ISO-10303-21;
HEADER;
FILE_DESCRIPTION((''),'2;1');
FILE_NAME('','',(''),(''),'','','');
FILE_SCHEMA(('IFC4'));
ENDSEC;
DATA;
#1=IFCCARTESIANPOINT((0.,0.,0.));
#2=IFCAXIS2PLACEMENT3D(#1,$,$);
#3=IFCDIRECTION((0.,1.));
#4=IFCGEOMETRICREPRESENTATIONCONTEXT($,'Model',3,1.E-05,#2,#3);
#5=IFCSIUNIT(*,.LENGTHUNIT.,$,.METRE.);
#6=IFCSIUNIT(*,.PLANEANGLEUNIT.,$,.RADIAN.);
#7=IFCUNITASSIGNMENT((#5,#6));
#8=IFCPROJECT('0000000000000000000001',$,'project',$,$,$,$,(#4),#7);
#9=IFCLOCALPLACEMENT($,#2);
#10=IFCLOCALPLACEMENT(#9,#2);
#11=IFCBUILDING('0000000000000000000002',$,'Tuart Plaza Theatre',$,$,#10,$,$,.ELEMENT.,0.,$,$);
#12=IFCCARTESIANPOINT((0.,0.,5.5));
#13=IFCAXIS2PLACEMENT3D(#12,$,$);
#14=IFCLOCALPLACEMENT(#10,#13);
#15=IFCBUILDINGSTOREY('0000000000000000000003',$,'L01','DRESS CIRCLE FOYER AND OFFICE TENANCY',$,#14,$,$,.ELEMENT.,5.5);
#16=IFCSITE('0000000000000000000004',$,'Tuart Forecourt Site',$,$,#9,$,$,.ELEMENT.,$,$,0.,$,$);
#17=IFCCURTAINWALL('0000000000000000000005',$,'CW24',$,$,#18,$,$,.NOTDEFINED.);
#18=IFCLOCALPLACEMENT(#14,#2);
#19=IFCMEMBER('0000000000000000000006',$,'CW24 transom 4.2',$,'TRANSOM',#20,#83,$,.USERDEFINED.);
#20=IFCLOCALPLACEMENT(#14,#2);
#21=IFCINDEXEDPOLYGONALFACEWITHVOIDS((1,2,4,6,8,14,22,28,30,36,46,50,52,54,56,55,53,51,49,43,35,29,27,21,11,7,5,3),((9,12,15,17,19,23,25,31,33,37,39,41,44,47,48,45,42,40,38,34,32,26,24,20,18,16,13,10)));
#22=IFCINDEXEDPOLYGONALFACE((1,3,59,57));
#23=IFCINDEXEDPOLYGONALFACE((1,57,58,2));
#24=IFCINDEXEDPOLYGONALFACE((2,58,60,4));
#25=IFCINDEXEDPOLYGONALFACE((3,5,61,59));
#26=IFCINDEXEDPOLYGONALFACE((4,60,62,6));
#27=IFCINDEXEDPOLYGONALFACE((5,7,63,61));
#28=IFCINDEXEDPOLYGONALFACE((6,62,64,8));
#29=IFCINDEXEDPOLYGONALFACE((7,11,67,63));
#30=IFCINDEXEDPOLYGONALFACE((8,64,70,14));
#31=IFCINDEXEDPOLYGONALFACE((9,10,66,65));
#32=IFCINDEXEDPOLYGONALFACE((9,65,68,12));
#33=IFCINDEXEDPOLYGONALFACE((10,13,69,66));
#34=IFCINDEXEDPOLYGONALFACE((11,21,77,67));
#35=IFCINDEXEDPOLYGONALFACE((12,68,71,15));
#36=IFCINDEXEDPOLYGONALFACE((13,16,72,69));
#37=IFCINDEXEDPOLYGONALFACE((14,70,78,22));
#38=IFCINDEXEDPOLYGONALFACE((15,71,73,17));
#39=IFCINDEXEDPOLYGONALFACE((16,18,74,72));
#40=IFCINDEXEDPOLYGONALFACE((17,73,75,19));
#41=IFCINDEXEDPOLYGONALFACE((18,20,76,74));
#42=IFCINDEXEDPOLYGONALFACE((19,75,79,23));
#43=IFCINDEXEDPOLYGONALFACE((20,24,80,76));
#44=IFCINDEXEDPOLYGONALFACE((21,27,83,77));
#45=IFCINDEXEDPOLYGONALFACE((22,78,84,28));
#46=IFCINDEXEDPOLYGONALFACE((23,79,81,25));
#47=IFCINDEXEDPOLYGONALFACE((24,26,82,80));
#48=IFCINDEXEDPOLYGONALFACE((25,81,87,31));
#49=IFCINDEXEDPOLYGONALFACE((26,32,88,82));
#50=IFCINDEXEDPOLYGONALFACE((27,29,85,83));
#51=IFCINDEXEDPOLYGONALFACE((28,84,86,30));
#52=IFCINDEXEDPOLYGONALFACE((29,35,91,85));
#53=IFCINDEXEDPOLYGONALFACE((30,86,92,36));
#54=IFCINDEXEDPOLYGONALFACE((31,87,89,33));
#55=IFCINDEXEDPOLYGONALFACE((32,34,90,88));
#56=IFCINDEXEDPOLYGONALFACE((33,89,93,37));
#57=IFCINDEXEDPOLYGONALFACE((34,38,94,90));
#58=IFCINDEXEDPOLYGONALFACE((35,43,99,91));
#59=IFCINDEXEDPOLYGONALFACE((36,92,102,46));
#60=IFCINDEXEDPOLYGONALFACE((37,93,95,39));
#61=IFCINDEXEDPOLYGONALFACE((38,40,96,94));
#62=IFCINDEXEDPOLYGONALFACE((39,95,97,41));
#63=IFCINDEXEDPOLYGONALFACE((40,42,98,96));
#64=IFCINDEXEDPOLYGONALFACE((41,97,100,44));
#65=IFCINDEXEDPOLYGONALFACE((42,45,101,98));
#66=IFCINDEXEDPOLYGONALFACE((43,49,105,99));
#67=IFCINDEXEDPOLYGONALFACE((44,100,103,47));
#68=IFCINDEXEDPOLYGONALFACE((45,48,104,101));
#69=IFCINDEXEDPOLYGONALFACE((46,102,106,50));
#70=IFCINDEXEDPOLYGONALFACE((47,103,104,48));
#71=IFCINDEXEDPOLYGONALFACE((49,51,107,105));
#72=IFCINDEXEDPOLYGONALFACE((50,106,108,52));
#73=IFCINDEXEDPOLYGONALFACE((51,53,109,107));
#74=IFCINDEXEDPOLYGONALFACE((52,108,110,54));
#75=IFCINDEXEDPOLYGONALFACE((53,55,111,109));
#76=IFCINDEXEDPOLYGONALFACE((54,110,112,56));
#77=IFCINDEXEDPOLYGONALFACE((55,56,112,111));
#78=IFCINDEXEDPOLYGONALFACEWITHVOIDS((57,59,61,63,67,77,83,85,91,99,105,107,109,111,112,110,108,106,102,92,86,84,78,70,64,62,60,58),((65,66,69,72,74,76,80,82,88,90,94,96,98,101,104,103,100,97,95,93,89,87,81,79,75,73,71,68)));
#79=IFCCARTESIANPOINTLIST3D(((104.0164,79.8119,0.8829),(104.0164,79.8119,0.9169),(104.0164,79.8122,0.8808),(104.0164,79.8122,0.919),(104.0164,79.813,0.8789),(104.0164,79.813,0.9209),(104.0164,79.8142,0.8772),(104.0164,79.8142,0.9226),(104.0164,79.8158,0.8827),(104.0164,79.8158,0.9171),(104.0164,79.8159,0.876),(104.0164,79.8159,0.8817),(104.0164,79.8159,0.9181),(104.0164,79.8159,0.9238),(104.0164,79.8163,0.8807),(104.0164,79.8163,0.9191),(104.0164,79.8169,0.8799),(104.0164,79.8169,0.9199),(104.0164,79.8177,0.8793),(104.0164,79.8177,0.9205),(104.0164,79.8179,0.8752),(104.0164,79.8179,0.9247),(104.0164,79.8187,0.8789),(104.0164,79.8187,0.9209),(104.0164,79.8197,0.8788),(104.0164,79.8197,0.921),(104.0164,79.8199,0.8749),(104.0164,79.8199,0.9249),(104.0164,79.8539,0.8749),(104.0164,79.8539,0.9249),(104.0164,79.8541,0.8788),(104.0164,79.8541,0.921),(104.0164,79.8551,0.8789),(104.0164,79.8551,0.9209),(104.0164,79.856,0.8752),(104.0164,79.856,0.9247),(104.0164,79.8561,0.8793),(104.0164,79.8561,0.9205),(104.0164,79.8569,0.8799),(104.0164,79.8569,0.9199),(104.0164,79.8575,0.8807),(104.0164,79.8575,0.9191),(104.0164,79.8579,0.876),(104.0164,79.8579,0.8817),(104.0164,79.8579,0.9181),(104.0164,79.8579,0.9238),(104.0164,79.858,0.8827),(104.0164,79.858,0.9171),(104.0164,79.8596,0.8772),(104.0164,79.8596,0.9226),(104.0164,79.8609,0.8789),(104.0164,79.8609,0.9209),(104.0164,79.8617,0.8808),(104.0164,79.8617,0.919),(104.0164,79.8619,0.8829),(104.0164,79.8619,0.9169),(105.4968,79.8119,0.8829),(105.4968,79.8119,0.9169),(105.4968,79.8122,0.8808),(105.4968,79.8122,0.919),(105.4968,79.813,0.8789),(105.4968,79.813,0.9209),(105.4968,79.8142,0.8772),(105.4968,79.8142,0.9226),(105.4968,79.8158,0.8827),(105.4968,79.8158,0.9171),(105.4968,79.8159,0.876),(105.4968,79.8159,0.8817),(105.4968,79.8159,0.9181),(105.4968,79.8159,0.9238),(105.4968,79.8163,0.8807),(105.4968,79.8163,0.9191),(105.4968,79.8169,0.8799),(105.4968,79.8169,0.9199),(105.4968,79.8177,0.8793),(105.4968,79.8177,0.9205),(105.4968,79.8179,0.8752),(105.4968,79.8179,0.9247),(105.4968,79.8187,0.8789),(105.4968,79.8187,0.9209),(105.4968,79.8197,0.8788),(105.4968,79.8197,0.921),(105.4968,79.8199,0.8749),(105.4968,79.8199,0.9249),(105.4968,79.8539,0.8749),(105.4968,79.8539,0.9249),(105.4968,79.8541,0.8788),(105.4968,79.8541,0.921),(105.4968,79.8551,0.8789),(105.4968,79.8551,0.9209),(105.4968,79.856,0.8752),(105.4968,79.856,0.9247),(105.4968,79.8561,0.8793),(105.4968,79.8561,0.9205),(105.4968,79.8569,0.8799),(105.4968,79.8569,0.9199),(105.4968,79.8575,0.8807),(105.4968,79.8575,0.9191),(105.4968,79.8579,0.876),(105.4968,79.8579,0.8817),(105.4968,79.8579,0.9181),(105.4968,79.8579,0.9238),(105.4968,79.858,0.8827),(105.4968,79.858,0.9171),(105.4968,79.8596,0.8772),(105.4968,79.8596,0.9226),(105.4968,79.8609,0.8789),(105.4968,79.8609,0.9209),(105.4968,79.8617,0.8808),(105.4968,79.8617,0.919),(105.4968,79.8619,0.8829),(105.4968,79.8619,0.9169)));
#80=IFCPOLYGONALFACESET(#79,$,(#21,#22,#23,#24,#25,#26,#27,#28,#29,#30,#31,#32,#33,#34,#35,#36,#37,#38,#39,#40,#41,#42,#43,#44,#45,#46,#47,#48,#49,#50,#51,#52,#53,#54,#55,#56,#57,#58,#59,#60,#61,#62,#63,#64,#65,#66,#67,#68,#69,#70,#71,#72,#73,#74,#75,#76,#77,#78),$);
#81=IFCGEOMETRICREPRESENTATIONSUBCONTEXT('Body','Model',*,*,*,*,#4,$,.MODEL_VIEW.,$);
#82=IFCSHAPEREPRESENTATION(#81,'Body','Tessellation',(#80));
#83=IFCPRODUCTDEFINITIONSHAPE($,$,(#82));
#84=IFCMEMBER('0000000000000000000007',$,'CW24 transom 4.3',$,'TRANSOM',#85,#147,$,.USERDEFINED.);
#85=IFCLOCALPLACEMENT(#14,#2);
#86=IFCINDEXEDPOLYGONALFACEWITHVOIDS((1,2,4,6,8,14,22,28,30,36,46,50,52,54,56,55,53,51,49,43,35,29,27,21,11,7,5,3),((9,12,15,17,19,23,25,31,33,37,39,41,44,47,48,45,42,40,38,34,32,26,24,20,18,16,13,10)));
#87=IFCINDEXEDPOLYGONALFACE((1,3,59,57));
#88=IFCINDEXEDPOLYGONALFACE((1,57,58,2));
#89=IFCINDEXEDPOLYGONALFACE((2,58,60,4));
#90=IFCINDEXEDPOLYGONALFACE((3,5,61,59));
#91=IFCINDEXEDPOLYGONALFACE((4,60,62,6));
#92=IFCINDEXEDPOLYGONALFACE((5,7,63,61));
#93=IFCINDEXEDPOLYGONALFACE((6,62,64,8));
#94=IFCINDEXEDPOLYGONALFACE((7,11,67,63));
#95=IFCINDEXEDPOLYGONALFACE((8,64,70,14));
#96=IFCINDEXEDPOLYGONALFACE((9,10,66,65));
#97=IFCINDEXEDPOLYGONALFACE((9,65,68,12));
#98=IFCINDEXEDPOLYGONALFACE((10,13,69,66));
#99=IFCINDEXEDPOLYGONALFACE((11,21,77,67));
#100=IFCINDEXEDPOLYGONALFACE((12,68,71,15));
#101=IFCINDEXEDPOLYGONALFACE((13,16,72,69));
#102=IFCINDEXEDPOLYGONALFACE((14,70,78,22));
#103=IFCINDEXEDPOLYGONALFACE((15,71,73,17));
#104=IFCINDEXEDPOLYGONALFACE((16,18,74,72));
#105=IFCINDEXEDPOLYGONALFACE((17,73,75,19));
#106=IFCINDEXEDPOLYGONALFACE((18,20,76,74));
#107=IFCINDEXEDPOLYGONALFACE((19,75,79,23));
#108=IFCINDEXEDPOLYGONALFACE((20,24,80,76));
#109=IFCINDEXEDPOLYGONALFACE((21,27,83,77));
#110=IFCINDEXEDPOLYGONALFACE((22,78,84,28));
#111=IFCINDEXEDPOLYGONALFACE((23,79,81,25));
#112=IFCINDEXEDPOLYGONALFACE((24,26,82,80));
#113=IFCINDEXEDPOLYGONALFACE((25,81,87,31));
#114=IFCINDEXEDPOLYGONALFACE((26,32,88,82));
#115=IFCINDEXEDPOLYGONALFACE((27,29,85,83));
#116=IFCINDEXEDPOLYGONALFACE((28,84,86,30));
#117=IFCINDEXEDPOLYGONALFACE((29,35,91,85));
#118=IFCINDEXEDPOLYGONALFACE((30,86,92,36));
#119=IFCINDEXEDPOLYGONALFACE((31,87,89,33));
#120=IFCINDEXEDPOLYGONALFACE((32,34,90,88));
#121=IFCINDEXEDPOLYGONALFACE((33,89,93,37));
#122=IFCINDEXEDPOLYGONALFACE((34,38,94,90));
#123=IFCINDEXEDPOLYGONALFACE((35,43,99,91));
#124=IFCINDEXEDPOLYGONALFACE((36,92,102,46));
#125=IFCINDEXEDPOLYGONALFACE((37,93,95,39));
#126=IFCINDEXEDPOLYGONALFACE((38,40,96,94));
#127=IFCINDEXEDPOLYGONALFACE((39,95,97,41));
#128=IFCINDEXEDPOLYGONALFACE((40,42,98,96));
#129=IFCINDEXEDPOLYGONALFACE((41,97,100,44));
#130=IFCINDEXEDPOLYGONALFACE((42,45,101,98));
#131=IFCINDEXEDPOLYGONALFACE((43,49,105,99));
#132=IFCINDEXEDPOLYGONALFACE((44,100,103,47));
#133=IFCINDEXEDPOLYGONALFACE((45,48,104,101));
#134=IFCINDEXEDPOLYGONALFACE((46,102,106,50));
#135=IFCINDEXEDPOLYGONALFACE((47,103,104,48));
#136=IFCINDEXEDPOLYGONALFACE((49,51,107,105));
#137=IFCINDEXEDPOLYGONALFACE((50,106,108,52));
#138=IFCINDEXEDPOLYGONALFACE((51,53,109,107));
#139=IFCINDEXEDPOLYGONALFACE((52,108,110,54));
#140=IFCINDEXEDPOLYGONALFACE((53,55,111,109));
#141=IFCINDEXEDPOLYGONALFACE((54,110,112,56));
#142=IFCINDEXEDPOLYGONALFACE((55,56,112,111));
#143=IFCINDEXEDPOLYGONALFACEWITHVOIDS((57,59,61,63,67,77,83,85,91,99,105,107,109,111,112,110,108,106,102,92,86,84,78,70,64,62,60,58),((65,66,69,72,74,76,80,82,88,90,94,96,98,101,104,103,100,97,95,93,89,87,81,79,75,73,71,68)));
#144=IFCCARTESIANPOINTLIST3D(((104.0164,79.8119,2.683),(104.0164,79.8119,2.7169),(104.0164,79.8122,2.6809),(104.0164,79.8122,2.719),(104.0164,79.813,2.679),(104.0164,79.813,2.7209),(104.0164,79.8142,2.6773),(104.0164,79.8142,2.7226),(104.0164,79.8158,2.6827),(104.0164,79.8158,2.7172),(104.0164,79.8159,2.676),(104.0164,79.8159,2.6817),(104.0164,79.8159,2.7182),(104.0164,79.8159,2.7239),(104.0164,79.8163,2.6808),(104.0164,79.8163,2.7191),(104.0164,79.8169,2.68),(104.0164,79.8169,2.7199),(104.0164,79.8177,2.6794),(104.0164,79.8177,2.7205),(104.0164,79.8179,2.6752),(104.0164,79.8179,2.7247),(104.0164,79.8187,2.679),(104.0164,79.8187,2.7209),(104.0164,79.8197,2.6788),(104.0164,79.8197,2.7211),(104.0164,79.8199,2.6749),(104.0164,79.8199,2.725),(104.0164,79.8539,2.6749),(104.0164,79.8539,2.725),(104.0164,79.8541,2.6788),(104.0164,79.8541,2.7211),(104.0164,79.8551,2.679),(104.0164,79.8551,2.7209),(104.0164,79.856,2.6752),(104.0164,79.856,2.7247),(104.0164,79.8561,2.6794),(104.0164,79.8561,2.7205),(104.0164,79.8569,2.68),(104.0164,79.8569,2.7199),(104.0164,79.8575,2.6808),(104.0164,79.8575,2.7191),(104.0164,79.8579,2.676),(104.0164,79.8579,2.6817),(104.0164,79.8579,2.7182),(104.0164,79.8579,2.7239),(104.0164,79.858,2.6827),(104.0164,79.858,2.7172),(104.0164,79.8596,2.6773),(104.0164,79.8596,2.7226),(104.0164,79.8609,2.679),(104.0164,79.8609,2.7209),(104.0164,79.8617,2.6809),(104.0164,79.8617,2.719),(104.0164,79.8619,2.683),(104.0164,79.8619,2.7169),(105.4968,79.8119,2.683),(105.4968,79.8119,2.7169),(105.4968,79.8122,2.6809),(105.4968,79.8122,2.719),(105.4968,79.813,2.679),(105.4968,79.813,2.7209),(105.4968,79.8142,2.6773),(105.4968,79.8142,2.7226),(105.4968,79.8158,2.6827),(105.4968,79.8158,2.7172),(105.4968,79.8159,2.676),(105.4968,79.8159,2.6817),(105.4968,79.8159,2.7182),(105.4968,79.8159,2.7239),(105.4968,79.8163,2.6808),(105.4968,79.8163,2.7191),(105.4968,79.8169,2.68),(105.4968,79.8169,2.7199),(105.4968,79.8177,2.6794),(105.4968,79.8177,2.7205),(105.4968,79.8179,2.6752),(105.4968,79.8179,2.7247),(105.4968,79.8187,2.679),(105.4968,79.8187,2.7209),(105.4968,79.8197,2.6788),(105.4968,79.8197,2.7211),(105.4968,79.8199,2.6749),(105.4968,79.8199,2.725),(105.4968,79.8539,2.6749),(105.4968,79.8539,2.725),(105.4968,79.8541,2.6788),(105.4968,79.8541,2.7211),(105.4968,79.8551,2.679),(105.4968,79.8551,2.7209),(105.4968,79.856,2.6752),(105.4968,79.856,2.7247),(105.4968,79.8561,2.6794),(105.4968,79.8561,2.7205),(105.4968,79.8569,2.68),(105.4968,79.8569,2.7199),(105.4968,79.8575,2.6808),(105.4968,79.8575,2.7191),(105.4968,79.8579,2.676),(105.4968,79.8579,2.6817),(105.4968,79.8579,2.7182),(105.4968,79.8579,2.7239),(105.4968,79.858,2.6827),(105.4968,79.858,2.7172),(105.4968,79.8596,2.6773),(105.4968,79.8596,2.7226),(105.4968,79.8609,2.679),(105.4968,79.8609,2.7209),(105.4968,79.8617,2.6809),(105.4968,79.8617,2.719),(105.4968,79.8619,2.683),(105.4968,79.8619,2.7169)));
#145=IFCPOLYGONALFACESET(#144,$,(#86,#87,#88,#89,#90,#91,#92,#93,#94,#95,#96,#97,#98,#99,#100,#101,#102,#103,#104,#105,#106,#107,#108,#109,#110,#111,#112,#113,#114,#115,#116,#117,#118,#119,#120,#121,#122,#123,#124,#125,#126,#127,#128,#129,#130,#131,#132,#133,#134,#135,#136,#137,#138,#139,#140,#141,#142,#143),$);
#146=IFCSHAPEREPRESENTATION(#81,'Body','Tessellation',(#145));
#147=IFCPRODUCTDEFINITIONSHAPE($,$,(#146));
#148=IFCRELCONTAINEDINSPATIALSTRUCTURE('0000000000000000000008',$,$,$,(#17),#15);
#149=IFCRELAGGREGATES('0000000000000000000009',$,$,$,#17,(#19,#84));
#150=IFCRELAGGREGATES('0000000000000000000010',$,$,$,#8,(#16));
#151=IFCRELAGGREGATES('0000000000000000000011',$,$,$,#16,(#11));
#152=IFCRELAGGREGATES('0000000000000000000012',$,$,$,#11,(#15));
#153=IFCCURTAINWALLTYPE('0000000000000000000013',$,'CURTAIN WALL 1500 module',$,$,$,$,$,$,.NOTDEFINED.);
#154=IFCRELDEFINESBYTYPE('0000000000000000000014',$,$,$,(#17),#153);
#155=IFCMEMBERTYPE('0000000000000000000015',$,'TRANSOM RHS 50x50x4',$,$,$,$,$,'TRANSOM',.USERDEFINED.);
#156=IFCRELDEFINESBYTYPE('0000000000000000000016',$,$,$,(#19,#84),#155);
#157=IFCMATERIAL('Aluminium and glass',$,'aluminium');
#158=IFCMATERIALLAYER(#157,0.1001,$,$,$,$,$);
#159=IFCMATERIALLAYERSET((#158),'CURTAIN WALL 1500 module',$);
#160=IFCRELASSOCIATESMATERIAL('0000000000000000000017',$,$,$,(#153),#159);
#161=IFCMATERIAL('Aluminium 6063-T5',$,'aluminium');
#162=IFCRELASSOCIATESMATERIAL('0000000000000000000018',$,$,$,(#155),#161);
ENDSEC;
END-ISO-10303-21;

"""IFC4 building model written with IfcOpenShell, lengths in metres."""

from ifc_helpers import new_model, si_unit, direction, frame, origin, origin_2d, place, context, subcontext, project, spatial, hollow_rectangle, extrude, material, layer, layer_set, material_profile, profile_set, type_object, element, aggregate, save


model = new_model("IFC4")

# Units and contexts
model_context = context("Model", 3, precision=1e-05, world=origin(), true_north=direction((0.0, 1.0)))
body_context = subcontext(model_context, "Body", "Model", "MODEL_VIEW")
ifc_project = project(units=[si_unit("LENGTHUNIT", "METRE"), si_unit("PLANEANGLEUNIT", "RADIAN")], contexts=[model_context])

# Site, building, storey
site_placement = place(None, origin())
site = spatial("IfcSite", under=ifc_project, at=site_placement, Name="Tuart Forecourt Site", CompositionType="ELEMENT", RefElevation=0.0)
building_placement = place(site_placement, origin())
building = spatial("IfcBuilding", under=site, at=building_placement, Name="Tuart Plaza Theatre", CompositionType="ELEMENT", ElevationOfRefHeight=0.0)
storey_placement = place(building_placement, frame((0.0, 0.0, 5.5)))
storey = spatial("IfcBuildingStorey", under=building, at=storey_placement, Name="L01", Description="DRESS CIRCLE FOYER AND OFFICE TENANCY", CompositionType="ELEMENT", Elevation=5.5)

# Curtain wall, members
ifc_material_1 = material(Name="Aluminium and glass", Category="aluminium")
ifc_layer_1 = layer(ifc_material_1, 0.1001)
ifc_layer_set_1 = layer_set([ifc_layer_1], Name="CURTAIN WALL 1500 module")
curtain_wall_type = type_object("IfcCurtainWallType", Name="CURTAIN WALL 1500 module", PredefinedType="NOTDEFINED", material=ifc_layer_set_1)
curtain_wall_placement = place(storey_placement, origin())
curtain_wall = element("IfcCurtainWall", 1, at=curtain_wall_placement, inside=storey, type_object=curtain_wall_type, Name="CW24", PredefinedType="NOTDEFINED")
ifc_material_2 = material(Name="Aluminium 6063-T5", Category="aluminium")
ifc_material_profile_1 = material_profile(ifc_material_2, hollow_rectangle(XDim=0.05, YDim=0.05, WallThickness=0.0039, InnerFilletRadius=0.0039, OuterFilletRadius=0.0081, at=origin_2d()), Name="RHS 50x50x4")
ifc_profile_set_1 = profile_set([ifc_material_profile_1], Name="Aluminium 6063-T5")
member_type_1 = type_object("IfcMemberType", Name="TRANSOM RHS 50x50x4", ElementType="TRANSOM", PredefinedType="USERDEFINED", material=ifc_profile_set_1)
member_1_placement = place(storey_placement, frame((104.0164, 79.8369, 0.8999), z_axis=(1.0, 0.0, 0.0), x_axis=(0.0, 1.0, 0.0)))
member_1 = element("IfcMember", 2, at=member_1_placement, type_object=member_type_1, Name="CW24 transom 4.2", ObjectType="TRANSOM", PredefinedType="USERDEFINED", context=body_context, shape_type="SweptSolid", body=[
    extrude(hollow_rectangle(XDim=0.05, YDim=0.05, WallThickness=0.0039, InnerFilletRadius=0.0039, OuterFilletRadius=0.0081, at=origin_2d()), origin(), (0.0, 0.0, 1.0), 1.4805),
])
member_2_placement = place(storey_placement, frame((104.0164, 79.8369, 2.7), z_axis=(1.0, 0.0, 0.0), x_axis=(0.0, 1.0, 0.0)))
member_2 = element("IfcMember", 3, at=member_2_placement, type_object=member_type_1, Name="CW24 transom 4.3", ObjectType="TRANSOM", PredefinedType="USERDEFINED", context=body_context, shape_type="SweptSolid", body=[
    extrude(hollow_rectangle(XDim=0.05, YDim=0.05, WallThickness=0.0039, InnerFilletRadius=0.0039, OuterFilletRadius=0.0081, at=origin_2d()), origin(), (0.0, 0.0, 1.0), 1.4805),
])
aggregate(curtain_wall, [member_1, member_2])

save(model, "model.ifc")
